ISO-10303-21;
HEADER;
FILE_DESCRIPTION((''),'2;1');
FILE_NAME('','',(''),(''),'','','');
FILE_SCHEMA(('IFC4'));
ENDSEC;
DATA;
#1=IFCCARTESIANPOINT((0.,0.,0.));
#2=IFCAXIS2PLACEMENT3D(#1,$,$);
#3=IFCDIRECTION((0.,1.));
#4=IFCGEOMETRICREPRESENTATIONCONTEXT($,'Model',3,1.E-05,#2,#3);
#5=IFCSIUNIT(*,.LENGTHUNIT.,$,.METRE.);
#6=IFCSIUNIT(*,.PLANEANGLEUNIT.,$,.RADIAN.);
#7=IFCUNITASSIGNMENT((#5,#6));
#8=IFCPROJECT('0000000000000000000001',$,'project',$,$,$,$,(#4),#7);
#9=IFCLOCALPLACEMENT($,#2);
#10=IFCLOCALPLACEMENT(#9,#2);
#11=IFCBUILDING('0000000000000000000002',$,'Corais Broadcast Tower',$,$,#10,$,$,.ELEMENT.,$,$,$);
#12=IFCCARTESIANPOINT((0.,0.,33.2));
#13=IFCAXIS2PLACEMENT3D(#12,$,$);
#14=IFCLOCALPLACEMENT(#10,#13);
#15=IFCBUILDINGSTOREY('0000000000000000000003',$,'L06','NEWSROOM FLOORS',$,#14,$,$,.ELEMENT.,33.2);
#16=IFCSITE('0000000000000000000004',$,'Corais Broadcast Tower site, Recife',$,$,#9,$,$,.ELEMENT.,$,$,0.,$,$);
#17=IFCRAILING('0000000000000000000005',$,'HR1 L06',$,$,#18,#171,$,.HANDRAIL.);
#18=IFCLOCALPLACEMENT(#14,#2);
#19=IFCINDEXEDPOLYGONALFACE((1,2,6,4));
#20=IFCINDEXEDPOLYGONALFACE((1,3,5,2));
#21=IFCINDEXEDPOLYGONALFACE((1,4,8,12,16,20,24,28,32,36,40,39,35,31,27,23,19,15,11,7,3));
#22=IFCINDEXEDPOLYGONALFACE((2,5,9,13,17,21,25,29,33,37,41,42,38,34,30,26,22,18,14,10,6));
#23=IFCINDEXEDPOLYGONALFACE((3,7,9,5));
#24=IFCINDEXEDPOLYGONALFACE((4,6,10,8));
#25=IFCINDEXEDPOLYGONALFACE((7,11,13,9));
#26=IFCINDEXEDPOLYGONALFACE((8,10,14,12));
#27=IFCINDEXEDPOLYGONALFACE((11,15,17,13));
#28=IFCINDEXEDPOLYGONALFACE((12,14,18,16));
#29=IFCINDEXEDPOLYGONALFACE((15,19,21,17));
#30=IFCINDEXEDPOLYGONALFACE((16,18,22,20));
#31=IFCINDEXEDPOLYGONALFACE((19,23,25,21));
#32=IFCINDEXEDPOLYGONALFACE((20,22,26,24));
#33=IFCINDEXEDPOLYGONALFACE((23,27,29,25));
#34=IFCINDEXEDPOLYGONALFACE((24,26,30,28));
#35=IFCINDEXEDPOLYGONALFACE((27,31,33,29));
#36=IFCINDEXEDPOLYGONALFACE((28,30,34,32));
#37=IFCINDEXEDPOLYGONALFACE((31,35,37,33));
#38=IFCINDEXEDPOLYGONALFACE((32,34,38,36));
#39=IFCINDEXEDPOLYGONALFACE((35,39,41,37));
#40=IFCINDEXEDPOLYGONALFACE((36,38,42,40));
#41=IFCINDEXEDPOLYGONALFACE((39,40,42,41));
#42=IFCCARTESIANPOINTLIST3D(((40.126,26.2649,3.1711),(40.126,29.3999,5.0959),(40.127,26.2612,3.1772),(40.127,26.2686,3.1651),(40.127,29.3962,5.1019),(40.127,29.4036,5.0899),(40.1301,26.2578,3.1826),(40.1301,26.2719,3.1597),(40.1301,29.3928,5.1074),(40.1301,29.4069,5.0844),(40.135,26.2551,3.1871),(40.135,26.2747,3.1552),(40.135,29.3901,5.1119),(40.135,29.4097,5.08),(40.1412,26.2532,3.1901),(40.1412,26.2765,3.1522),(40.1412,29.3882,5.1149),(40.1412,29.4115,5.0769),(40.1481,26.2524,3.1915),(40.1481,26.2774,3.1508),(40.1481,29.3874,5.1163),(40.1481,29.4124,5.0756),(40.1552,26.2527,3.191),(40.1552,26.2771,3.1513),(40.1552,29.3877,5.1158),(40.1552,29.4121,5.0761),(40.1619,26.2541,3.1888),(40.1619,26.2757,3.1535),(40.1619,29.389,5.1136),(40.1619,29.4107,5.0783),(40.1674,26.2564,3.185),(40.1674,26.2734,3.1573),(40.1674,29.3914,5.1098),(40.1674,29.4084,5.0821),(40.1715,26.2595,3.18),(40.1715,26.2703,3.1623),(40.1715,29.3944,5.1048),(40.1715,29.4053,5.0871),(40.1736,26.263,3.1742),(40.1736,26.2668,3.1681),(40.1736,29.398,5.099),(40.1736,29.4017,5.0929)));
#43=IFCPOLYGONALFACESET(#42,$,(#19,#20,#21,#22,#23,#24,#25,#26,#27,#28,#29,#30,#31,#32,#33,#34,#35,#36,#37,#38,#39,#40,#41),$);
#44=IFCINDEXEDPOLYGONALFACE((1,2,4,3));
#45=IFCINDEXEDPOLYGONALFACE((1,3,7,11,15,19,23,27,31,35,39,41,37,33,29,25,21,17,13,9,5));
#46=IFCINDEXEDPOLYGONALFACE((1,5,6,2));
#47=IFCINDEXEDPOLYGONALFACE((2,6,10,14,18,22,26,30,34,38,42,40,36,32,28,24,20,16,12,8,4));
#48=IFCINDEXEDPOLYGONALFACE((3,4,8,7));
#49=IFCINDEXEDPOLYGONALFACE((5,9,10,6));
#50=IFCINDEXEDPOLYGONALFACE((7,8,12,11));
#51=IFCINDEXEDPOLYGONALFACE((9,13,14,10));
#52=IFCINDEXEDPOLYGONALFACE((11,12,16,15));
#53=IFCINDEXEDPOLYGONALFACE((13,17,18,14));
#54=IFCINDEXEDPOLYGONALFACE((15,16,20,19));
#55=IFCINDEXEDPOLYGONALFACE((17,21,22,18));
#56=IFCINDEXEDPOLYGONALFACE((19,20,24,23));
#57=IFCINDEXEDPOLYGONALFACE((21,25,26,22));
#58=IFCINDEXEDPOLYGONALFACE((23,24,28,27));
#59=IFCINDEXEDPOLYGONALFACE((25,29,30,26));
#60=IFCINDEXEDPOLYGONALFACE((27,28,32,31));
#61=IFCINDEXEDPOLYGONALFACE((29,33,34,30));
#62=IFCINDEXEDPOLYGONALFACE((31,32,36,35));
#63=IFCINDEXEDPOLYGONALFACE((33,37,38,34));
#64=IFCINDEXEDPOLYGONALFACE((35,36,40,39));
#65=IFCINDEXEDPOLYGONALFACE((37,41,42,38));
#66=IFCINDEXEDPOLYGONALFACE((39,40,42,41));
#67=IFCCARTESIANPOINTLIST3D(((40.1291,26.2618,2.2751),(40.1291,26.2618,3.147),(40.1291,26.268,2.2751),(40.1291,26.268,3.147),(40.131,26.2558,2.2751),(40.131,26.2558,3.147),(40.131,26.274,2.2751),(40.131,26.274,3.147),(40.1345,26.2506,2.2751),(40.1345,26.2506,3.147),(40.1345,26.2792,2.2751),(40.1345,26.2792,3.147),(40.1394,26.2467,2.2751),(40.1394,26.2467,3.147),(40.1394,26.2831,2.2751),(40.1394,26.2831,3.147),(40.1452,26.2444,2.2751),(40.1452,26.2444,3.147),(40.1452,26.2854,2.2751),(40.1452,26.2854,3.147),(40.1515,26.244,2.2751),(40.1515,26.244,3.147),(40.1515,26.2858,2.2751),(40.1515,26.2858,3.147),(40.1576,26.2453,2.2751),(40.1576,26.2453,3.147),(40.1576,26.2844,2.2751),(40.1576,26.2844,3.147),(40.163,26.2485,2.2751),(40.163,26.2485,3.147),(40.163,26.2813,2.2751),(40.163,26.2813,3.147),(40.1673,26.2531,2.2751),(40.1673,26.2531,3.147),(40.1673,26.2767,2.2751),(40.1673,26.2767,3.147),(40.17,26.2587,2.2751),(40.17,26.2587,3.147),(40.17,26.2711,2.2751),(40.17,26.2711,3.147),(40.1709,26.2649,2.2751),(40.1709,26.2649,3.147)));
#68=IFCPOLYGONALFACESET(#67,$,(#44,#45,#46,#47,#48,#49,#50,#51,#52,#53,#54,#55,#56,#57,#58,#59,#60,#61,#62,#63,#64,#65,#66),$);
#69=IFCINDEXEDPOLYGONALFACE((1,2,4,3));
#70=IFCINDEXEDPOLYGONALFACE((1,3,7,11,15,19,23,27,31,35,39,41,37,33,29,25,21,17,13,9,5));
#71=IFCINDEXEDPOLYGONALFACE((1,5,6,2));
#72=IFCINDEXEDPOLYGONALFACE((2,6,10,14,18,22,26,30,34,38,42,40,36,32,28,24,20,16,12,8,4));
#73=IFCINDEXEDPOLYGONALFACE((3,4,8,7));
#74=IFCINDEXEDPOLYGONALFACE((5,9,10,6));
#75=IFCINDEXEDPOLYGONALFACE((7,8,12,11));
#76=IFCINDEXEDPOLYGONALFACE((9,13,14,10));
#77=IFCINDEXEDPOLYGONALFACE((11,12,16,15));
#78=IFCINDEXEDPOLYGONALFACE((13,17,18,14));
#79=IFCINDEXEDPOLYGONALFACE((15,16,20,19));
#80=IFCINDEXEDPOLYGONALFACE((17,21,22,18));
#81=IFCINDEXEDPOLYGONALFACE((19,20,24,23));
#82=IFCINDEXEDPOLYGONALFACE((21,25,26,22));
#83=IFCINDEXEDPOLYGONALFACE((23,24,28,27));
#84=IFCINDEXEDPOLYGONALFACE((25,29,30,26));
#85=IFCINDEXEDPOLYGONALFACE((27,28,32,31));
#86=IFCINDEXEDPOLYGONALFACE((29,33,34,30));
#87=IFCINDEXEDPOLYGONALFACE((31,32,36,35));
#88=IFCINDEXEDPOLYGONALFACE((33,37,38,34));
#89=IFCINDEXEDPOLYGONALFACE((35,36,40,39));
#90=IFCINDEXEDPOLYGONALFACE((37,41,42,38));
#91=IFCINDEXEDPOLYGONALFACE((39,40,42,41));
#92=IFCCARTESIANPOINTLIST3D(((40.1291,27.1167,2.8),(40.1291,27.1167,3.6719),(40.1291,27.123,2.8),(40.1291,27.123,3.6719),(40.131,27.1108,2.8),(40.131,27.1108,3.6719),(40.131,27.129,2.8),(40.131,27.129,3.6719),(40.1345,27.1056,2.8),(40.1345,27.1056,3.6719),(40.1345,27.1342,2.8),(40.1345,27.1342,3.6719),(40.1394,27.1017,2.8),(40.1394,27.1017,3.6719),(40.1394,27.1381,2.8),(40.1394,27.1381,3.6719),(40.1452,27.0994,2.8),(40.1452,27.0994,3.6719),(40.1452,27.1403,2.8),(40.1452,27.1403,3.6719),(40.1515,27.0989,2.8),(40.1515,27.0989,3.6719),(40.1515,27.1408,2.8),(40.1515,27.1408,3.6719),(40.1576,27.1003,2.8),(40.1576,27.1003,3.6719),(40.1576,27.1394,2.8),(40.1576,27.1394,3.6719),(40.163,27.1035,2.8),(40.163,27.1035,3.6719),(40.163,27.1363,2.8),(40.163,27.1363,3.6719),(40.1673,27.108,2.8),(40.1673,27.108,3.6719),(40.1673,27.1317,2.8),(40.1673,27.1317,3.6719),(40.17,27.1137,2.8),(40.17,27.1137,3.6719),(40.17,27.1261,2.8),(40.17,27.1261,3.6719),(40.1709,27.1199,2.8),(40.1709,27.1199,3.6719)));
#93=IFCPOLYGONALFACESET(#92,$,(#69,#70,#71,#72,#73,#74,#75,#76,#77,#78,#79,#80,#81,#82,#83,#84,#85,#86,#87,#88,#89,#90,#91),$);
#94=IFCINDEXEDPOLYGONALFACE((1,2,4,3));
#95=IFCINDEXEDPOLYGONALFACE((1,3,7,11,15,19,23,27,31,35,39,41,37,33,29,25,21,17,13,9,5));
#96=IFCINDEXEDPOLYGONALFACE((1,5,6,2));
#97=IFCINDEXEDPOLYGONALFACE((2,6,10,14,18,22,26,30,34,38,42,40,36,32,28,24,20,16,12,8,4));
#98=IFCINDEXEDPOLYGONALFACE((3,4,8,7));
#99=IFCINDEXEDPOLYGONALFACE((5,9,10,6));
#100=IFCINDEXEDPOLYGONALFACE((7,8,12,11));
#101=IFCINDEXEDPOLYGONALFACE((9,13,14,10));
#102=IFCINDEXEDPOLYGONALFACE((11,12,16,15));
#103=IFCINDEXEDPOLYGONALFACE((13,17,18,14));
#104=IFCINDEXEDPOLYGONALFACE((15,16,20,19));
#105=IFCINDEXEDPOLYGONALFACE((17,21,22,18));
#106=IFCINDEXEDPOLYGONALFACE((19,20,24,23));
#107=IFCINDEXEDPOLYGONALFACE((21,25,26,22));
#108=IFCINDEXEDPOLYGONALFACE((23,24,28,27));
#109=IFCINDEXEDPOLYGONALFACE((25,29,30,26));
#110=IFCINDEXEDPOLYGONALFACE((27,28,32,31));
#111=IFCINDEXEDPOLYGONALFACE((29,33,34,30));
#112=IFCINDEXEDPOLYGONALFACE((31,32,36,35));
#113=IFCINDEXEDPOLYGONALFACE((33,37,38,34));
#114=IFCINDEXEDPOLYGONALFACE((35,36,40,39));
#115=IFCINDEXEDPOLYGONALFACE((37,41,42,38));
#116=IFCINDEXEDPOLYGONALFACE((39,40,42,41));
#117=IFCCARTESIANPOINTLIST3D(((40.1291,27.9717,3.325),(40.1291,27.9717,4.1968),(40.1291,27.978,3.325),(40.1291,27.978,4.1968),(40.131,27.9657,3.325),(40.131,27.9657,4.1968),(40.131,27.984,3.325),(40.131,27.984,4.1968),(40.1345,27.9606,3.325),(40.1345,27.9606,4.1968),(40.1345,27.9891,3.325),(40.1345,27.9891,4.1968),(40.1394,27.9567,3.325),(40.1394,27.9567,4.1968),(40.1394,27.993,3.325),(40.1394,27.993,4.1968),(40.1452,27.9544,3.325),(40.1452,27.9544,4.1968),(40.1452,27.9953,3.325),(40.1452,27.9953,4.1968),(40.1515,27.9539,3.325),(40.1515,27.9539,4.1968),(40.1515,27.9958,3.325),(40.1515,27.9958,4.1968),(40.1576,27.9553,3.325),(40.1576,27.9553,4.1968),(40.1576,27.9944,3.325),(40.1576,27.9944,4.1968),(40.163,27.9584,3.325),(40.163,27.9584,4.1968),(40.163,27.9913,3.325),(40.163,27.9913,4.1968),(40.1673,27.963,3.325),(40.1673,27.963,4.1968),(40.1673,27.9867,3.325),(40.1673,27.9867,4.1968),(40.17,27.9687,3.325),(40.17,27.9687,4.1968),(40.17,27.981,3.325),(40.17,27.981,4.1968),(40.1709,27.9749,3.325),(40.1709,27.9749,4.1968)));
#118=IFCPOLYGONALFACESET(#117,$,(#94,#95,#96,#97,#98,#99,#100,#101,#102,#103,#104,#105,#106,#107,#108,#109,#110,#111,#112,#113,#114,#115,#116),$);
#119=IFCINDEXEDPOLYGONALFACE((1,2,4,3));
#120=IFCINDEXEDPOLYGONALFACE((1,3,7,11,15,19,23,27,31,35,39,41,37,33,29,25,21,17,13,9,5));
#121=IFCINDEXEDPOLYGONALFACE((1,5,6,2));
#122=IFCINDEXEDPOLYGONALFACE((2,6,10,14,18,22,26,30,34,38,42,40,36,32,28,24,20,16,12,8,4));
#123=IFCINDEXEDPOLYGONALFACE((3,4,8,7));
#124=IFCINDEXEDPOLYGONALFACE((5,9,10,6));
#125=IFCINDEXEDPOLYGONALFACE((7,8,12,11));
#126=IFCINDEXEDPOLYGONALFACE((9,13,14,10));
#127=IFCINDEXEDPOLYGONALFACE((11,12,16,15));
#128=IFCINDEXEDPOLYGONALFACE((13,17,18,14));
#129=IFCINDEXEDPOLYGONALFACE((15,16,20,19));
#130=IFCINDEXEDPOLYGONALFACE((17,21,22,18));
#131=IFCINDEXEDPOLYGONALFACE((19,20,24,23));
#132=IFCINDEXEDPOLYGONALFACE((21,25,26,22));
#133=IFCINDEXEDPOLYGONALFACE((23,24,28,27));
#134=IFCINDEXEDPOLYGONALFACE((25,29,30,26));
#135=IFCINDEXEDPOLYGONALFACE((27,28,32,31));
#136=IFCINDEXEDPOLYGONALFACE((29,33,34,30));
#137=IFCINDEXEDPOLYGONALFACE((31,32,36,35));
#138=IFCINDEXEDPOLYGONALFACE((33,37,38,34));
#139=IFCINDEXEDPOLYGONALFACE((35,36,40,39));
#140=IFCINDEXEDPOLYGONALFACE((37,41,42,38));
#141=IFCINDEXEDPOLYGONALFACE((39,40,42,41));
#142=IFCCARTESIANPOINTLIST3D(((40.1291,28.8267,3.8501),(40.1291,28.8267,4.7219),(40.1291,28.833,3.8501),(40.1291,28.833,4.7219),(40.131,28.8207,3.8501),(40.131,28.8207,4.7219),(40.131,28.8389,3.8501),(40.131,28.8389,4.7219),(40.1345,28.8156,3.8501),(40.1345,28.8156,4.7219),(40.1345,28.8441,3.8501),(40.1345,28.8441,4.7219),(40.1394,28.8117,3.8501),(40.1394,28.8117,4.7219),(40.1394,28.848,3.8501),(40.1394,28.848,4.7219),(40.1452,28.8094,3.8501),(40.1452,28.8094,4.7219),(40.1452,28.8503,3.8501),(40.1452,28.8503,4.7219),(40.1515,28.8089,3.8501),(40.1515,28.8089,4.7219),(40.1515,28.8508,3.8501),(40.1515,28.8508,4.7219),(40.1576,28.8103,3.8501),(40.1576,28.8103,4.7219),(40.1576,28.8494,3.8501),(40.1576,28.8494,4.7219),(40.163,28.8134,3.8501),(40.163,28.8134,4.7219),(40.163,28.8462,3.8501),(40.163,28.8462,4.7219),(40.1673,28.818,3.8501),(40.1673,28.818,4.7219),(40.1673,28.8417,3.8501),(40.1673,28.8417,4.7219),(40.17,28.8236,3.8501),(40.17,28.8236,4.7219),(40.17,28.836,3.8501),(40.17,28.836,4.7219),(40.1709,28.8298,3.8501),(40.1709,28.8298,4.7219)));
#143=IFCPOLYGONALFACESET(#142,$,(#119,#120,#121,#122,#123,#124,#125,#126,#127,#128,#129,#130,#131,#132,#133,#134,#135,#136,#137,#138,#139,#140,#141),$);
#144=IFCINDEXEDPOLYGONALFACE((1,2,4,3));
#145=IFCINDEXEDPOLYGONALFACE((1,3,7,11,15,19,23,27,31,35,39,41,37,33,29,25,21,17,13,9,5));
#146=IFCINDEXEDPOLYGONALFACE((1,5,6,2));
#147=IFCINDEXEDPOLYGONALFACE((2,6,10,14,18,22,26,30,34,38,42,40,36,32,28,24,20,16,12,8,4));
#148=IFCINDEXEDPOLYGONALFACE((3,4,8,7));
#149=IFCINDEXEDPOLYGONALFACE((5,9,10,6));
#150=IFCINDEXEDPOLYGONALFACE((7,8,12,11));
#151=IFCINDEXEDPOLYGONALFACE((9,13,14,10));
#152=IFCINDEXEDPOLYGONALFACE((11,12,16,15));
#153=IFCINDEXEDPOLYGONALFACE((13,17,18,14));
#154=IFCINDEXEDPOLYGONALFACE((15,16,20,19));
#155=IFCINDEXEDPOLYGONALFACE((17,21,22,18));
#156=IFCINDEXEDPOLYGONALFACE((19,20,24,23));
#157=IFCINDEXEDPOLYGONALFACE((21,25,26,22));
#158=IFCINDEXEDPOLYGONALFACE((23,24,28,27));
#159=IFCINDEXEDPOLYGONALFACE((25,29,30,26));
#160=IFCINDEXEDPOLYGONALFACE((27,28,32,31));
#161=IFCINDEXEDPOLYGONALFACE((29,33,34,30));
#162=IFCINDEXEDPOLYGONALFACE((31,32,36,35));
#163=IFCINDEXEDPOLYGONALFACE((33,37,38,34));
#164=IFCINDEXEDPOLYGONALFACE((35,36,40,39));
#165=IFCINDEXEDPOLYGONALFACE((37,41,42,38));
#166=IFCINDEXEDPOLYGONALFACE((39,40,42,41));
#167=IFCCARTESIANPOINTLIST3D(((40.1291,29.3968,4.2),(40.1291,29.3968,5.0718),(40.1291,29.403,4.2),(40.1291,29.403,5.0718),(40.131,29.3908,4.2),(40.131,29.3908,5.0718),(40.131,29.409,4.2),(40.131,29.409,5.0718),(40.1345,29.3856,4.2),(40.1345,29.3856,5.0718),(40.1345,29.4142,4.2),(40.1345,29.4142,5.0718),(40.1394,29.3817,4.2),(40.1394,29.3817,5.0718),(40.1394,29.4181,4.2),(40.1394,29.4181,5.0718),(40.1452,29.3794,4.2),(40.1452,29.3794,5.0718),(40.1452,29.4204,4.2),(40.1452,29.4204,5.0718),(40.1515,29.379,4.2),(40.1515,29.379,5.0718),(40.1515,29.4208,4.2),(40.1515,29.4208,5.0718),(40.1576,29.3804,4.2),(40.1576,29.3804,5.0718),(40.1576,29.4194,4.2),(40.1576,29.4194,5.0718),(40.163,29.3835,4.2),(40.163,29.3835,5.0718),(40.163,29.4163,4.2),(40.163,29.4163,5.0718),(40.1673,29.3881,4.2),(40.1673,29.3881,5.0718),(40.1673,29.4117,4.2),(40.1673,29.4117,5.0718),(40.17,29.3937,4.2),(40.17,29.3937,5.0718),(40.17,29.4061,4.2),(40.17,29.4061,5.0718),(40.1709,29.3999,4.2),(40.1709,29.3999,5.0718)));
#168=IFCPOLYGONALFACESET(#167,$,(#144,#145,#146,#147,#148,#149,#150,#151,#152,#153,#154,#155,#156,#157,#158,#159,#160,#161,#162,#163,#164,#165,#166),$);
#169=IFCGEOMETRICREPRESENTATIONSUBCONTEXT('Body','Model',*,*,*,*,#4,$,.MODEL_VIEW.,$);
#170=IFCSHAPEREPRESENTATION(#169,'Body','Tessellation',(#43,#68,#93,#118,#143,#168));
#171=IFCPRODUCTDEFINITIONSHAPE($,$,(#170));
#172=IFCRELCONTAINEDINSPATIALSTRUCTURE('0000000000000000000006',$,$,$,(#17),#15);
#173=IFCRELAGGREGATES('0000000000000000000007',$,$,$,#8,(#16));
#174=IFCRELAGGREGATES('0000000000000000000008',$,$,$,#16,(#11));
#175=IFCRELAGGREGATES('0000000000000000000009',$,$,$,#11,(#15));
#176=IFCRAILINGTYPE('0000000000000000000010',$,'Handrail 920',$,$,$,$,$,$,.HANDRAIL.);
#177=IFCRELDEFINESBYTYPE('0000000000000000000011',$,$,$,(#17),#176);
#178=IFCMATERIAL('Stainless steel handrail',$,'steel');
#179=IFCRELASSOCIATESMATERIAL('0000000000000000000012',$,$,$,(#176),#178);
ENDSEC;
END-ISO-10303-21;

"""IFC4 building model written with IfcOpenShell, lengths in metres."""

from ifc_helpers import new_model, si_unit, direction, frame, origin, origin_2d, place, context, subcontext, project, spatial, circle, extrude, material, type_object, element, save


model = new_model("IFC4")

# Units and contexts
model_context = context("Model", 3, precision=1e-05, world=origin(), true_north=direction((0.0, 1.0)))
body_context = subcontext(model_context, "Body", "Model", "MODEL_VIEW")
ifc_project = project(units=[si_unit("LENGTHUNIT", "METRE"), si_unit("PLANEANGLEUNIT", "RADIAN")], contexts=[model_context])

# Site, building, storey
site_placement = place(None, origin())
site = spatial("IfcSite", under=ifc_project, at=site_placement, Name="Corais Broadcast Tower site, Recife", CompositionType="ELEMENT", RefElevation=0.0)
building_placement = place(site_placement, origin())
building = spatial("IfcBuilding", under=site, at=building_placement, Name="Corais Broadcast Tower", CompositionType="ELEMENT")
storey_placement = place(building_placement, frame((0.0, 0.0, 33.2)))
storey = spatial("IfcBuildingStorey", under=building, at=storey_placement, Name="L06", Description="NEWSROOM FLOORS", CompositionType="ELEMENT", Elevation=33.2)

# Railing
ifc_material_1 = material(Name="Stainless steel handrail", Category="steel")
railing_type_1 = type_object("IfcRailingType", Name="Handrail 920", PredefinedType="HANDRAIL", material=ifc_material_1)
for number, where, name in (
    (1, (40.1499, 26.2649, 2.2751), "HR1 L06"),
):
    element("IfcRailing", number, at=place(storey_placement, frame(where)), inside=storey, type_object=railing_type_1, Name=name, PredefinedType="HANDRAIL", context=body_context, shape_type="SweptSolid", body=[
        extrude(circle(Radius=0.0239, at=origin_2d()), frame((0.0, 0.0, 0.896), z_axis=(0.0, 0.852196, 0.523223), x_axis=(-1.0, 0.0, 0.0)), (0.0, 0.0, 1.0), 3.6787),
        extrude(circle(Radius=0.021, at=origin_2d()), origin(), (0.0, 0.0, 1.0), 0.8718),
        extrude(circle(Radius=0.021, at=origin_2d()), frame((0.0, 0.855, 0.5249)), (0.0, 0.0, 1.0), 0.8718),
        extrude(circle(Radius=0.021, at=origin_2d()), frame((0.0, 1.71, 1.0498)), (0.0, 0.0, 1.0), 0.8718),
        extrude(circle(Radius=0.021, at=origin_2d()), frame((0.0, 2.5649, 1.575)), (0.0, 0.0, 1.0), 0.8718),
        extrude(circle(Radius=0.021, at=origin_2d()), frame((0.0, 3.135, 1.9248)), (0.0, 0.0, 1.0), 0.8718),
    ])

save(model, "model.ifc")
